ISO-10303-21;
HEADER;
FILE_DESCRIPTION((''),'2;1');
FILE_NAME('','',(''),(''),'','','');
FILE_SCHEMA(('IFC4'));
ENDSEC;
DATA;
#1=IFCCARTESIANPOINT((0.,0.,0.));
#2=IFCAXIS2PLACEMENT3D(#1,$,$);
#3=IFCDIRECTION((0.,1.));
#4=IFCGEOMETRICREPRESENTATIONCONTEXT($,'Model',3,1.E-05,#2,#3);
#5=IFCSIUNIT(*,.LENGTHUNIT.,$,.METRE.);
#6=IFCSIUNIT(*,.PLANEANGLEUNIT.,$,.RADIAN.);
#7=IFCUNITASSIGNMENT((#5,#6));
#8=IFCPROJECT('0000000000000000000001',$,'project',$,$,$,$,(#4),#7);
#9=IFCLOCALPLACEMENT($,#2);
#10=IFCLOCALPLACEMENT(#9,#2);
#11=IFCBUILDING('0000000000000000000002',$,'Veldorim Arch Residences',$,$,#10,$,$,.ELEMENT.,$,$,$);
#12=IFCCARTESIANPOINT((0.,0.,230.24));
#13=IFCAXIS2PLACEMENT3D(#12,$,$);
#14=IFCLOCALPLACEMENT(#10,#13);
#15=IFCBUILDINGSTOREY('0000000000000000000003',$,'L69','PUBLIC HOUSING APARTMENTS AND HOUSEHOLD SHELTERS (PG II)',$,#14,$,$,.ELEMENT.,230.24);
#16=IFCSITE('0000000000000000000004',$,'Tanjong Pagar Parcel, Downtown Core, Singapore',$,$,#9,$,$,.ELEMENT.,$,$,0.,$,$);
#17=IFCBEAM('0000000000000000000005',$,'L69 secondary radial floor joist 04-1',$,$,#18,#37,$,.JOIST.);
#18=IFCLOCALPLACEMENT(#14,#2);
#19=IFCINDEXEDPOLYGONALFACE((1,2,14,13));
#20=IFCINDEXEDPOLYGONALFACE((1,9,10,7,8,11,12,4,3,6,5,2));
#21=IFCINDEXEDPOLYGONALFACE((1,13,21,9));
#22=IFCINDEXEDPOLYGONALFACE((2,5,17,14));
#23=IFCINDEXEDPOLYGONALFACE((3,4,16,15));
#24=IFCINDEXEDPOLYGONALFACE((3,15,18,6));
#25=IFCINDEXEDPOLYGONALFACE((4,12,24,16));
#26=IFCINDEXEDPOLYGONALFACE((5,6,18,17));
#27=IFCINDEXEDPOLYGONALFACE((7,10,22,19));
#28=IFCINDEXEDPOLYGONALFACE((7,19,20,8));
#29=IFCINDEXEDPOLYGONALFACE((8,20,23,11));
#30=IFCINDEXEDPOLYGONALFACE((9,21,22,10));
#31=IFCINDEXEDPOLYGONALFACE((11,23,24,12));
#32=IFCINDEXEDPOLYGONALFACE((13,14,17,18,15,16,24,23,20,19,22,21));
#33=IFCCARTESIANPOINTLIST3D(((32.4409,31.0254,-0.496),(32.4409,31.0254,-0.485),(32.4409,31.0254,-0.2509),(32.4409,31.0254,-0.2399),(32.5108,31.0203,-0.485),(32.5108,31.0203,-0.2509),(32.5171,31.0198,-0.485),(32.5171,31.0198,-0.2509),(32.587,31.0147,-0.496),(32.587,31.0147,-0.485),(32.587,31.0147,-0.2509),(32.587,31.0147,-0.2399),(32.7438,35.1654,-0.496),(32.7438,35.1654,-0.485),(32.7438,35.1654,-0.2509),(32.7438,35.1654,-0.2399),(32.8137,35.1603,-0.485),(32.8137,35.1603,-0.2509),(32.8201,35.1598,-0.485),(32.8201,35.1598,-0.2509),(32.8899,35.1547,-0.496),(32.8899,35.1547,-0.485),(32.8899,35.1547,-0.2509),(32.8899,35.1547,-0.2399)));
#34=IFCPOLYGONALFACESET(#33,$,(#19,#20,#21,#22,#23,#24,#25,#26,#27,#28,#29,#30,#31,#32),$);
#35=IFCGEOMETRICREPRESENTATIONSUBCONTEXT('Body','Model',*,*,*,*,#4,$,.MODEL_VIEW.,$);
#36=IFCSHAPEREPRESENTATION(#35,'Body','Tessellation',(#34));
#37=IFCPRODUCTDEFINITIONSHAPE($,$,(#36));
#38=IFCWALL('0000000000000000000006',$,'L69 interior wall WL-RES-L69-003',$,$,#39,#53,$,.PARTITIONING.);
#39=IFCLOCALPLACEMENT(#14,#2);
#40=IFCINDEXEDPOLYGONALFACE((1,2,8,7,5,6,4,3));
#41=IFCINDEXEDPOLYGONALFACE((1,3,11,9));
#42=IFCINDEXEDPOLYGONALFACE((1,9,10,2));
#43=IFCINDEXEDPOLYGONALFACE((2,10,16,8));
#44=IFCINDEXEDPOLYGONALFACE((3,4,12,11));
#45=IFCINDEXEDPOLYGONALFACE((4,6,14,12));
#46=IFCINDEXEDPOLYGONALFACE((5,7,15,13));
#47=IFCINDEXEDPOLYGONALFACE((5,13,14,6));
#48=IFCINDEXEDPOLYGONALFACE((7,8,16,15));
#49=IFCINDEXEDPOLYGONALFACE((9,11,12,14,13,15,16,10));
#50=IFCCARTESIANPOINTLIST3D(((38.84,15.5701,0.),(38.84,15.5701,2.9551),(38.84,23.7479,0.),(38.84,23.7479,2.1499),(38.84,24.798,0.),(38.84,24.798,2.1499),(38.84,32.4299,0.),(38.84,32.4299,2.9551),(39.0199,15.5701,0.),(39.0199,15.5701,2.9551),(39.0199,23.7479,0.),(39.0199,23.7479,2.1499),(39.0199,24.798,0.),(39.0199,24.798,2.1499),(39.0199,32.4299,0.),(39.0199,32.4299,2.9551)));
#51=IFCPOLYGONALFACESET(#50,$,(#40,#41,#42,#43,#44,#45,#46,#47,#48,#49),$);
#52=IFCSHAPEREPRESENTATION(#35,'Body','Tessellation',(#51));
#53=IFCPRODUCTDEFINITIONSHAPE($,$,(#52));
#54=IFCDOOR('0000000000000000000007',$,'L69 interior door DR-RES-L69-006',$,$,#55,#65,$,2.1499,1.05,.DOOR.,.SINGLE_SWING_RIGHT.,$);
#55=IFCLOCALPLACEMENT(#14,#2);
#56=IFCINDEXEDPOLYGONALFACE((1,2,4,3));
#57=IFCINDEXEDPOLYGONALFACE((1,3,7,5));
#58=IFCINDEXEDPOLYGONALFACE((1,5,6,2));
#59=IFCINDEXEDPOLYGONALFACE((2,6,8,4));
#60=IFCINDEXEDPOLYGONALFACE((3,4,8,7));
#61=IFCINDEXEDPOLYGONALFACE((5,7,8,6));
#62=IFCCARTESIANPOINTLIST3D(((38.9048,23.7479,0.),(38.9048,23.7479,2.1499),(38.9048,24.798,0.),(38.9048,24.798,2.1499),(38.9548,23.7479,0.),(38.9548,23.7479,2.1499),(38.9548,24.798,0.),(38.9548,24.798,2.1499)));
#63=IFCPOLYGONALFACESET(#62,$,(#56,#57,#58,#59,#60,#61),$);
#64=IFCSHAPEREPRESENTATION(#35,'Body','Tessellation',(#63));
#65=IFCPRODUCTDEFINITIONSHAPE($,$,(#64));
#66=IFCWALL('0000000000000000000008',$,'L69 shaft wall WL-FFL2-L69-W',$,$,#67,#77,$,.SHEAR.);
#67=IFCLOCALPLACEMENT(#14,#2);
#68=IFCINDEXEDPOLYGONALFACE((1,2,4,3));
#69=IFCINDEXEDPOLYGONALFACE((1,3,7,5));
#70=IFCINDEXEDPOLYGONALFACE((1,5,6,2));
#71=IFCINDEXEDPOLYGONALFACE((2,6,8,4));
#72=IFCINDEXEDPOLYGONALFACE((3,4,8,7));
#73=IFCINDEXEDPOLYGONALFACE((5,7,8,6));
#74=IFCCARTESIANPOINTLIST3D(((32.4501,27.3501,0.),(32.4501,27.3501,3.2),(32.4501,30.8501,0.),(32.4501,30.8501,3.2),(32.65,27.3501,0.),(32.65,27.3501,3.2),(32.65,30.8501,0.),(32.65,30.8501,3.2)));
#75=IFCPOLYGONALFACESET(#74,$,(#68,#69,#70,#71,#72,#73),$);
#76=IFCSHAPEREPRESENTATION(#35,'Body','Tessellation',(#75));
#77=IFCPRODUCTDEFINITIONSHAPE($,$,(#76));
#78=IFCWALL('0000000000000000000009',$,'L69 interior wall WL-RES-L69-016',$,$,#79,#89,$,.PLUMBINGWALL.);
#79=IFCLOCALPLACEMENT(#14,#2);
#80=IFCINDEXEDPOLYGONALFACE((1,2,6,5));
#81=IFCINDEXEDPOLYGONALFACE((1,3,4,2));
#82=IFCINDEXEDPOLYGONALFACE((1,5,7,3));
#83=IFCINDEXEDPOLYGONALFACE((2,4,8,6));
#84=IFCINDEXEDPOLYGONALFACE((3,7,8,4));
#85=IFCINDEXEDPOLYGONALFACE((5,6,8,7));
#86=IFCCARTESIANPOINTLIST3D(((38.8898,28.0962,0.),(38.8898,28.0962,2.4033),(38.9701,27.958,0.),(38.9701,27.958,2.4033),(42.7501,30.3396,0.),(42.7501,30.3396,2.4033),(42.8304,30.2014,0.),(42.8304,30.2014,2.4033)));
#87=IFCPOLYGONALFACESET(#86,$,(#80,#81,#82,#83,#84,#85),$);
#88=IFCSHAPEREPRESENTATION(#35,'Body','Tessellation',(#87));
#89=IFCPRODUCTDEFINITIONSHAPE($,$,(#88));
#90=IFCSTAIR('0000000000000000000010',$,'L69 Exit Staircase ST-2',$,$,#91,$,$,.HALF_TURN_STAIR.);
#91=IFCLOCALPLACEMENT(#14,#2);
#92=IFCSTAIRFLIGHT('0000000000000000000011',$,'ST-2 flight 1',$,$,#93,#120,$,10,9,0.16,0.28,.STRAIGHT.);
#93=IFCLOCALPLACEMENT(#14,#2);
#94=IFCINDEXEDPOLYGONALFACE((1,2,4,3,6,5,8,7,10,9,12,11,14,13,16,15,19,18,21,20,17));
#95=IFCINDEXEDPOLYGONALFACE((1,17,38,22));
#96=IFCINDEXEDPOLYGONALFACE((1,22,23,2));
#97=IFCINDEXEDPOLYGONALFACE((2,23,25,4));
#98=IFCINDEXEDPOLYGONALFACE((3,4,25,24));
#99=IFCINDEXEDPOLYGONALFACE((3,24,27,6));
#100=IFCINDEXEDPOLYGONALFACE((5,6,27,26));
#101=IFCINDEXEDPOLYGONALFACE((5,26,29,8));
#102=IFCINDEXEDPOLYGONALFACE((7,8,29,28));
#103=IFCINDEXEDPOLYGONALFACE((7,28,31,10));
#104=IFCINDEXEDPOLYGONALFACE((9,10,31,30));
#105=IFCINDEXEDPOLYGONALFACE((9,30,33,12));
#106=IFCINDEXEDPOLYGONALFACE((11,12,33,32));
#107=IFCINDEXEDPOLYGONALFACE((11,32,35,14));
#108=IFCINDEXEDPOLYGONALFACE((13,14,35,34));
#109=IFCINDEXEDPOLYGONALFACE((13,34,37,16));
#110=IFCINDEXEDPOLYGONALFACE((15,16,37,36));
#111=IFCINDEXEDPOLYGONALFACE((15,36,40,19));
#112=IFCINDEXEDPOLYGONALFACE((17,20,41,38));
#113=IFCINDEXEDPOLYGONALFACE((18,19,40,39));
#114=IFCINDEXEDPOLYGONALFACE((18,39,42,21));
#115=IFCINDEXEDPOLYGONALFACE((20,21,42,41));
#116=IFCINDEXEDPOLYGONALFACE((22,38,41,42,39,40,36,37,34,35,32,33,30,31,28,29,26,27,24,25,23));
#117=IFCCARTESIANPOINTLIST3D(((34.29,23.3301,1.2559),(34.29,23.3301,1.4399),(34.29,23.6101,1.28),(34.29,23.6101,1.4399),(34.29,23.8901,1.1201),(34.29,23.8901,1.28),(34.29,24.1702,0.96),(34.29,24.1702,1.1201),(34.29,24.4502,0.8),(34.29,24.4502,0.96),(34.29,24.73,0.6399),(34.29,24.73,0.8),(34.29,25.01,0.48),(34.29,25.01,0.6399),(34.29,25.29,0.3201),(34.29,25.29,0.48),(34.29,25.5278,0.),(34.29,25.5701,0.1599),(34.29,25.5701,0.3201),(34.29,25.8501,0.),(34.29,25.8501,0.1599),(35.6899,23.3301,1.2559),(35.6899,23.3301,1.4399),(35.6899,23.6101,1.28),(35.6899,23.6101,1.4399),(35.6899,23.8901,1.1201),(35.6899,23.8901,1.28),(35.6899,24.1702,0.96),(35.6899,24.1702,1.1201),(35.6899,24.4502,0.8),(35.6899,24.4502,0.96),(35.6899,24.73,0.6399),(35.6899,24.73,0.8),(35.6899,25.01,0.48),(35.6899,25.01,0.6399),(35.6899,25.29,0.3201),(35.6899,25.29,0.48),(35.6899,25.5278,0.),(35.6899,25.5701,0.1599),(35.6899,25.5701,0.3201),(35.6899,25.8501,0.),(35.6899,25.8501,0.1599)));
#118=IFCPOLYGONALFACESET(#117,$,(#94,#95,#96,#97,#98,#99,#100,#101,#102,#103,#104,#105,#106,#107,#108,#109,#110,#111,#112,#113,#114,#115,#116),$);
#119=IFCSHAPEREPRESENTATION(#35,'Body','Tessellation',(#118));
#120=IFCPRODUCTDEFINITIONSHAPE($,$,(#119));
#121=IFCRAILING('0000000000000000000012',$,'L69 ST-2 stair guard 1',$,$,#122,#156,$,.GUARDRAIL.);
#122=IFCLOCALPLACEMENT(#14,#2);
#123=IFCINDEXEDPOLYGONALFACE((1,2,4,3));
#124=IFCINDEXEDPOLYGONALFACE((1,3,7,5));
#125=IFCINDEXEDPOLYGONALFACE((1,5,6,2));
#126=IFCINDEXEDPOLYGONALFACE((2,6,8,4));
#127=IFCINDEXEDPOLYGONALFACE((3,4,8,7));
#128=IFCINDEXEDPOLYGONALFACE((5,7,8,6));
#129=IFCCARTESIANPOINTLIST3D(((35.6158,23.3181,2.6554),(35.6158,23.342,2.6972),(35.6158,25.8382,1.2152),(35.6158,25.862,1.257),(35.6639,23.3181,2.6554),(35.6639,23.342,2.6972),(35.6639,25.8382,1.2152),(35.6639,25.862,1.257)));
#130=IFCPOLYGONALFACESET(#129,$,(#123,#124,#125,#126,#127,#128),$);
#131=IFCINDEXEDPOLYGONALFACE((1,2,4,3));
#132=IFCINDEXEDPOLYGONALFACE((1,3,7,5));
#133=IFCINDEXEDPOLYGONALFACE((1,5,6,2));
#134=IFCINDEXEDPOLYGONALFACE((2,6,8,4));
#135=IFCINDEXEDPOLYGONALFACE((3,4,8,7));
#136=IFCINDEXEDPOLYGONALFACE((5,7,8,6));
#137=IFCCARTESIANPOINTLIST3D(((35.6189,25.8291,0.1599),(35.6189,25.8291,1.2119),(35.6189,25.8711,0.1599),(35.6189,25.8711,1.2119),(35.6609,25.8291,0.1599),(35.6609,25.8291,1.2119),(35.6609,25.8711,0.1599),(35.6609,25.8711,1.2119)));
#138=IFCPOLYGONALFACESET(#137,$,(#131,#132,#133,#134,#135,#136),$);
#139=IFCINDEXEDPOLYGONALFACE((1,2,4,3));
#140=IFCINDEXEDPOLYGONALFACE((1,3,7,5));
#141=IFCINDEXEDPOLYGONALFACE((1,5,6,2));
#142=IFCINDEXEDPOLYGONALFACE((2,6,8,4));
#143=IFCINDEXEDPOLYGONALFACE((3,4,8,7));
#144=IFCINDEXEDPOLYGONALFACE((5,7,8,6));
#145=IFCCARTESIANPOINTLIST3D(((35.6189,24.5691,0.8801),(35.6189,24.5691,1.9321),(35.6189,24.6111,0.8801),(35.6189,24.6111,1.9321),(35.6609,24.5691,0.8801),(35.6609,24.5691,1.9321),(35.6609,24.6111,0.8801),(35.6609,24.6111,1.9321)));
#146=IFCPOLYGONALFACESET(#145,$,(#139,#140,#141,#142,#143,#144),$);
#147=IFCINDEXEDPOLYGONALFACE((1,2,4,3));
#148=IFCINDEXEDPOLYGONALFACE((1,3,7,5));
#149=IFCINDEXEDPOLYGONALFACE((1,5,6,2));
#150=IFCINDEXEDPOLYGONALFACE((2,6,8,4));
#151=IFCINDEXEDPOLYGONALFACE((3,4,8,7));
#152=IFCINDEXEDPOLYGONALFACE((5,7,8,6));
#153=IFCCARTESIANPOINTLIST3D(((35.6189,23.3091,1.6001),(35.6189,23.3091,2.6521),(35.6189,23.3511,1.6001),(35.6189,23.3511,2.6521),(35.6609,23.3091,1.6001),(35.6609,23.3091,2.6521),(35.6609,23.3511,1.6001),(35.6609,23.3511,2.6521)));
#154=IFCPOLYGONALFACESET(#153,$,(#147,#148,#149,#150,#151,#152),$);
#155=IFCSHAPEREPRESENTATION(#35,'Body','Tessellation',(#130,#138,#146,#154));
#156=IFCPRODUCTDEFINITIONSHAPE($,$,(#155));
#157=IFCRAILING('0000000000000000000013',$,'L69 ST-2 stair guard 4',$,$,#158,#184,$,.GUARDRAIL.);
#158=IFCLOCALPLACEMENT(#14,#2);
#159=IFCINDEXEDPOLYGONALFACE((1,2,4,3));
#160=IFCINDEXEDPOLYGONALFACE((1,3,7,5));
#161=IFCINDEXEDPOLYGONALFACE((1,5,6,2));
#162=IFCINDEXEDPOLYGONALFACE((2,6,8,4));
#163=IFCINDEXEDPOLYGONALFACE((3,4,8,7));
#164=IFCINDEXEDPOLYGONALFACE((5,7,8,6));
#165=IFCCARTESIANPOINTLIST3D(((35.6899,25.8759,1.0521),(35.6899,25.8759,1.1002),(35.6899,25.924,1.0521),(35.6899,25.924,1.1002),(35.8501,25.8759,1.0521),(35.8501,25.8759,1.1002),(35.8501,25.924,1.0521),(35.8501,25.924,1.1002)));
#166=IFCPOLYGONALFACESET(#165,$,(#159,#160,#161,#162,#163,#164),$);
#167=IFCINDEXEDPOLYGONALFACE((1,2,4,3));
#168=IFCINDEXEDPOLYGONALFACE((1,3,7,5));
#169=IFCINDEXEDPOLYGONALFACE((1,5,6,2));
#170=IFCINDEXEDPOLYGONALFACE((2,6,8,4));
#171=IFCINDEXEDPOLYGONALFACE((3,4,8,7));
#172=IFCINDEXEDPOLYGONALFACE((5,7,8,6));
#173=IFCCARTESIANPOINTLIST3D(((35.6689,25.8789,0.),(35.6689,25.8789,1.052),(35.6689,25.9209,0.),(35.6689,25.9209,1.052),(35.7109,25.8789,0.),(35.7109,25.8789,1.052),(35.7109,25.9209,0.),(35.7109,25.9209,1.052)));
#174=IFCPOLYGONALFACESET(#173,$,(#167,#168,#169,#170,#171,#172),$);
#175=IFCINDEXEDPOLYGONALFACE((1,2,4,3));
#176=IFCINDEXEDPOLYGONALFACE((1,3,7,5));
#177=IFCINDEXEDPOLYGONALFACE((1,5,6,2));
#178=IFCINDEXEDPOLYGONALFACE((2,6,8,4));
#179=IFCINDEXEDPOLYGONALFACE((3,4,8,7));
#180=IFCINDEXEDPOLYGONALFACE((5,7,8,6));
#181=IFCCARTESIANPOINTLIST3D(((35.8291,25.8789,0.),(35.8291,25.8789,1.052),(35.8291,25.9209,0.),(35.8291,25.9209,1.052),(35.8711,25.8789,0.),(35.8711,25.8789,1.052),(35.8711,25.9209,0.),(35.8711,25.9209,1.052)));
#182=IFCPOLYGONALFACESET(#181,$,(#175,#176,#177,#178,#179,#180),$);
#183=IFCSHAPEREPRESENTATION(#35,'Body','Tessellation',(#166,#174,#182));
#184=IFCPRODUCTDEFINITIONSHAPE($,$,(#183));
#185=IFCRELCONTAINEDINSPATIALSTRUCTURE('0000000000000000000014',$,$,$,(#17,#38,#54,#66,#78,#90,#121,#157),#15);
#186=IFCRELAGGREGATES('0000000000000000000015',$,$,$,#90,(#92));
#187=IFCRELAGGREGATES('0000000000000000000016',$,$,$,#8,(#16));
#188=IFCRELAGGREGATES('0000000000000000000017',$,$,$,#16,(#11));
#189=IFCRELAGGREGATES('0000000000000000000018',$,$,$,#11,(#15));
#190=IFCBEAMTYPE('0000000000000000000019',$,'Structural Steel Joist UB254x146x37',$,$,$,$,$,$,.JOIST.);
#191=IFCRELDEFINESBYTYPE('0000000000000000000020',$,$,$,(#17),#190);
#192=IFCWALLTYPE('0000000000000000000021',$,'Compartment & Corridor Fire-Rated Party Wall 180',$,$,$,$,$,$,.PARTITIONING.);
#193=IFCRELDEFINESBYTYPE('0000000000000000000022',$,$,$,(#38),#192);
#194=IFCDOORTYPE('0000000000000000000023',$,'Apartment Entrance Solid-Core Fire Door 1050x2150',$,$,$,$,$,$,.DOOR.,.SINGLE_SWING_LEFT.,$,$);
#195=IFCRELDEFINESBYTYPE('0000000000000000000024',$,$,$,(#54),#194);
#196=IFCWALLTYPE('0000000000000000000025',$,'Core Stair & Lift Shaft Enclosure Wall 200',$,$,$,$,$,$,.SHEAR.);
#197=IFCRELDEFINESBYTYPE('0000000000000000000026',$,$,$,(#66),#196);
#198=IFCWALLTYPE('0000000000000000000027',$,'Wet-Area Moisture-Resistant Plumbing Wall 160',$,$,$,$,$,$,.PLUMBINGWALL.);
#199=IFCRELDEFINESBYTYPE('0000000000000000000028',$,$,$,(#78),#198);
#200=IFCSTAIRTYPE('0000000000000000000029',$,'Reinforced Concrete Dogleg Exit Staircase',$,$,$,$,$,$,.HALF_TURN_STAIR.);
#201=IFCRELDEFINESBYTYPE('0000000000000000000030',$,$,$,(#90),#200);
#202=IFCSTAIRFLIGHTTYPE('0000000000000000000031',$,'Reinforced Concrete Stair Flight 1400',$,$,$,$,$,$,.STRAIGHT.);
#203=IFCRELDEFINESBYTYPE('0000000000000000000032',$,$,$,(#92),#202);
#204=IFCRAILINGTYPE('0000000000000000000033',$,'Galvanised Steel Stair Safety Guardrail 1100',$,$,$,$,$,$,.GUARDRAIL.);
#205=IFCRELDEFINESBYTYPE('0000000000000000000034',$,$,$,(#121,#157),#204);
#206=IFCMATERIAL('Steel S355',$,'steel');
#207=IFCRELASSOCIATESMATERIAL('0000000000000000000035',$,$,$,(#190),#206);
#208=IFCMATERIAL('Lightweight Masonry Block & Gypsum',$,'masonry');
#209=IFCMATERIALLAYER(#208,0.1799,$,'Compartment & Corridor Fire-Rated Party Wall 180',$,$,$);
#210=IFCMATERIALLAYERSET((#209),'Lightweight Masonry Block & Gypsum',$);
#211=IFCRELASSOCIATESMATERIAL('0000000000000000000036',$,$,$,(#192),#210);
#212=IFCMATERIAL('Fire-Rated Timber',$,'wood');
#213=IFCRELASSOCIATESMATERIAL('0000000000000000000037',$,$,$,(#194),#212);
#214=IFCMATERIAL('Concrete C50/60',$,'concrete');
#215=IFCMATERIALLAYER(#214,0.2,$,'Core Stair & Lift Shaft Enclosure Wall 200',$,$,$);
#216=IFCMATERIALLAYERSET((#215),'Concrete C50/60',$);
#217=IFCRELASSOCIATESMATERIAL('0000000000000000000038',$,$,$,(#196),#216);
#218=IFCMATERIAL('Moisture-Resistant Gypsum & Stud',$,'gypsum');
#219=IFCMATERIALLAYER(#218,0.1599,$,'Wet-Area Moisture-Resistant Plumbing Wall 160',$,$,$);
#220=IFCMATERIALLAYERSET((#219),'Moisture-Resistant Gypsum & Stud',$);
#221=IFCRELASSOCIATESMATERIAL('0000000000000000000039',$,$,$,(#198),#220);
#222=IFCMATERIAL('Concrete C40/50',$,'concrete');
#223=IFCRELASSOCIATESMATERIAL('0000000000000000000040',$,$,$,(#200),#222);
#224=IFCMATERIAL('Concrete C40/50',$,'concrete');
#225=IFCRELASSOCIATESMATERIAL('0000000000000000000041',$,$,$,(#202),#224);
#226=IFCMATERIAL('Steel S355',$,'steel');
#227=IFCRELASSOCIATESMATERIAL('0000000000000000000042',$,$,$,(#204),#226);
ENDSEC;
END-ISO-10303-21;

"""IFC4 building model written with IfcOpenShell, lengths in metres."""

from ifc_helpers import new_model, si_unit, direction, frame, frame_2d, origin, origin_2d, place, context, subcontext, project, spatial, polyline, rectangle, i_section, outline, extrude, material, layer, layer_set, material_profile, profile_set, type_object, element, fill, aggregate, save


model = new_model("IFC4")

# Units and contexts
model_context = context("Model", 3, precision=1e-05, world=origin(), true_north=direction((0.0, 1.0)))
body_context = subcontext(model_context, "Body", "Model", "MODEL_VIEW")
ifc_project = project(units=[si_unit("LENGTHUNIT", "METRE"), si_unit("PLANEANGLEUNIT", "RADIAN")], contexts=[model_context])

# Site, building, storey
site_placement = place(None, origin())
site = spatial("IfcSite", under=ifc_project, at=site_placement, Name="Tanjong Pagar Parcel, Downtown Core, Singapore", CompositionType="ELEMENT", RefElevation=0.0)
building_placement = place(site_placement, origin())
building = spatial("IfcBuilding", under=site, at=building_placement, Name="Veldorim Arch Residences", CompositionType="ELEMENT")
storey_placement = place(building_placement, frame((0.0, 0.0, 230.24)))
storey = spatial("IfcBuildingStorey", under=building, at=storey_placement, Name="L69", Description="PUBLIC HOUSING APARTMENTS AND HOUSEHOLD SHELTERS (PG II)", CompositionType="ELEMENT", Elevation=230.24)

# Beam
ifc_material_1 = material(Name="Steel S355", Category="steel")
ifc_material_profile_1 = material_profile(ifc_material_1, i_section(OverallWidth=0.1465, OverallDepth=0.2561, WebThickness=0.0063, FlangeThickness=0.011, at=origin_2d()), Name="UB254x146x37")
ifc_profile_set_1 = profile_set([ifc_material_profile_1], Name="Steel S355")
beam_type_1 = type_object("IfcBeamType", Name="Structural Steel Joist UB254x146x37", PredefinedType="JOIST", material=ifc_profile_set_1)
beam_1_placement = place(storey_placement, frame((32.5139, 31.02, -0.3679), z_axis=(0.072986, 0.997333, 0.0), x_axis=(-0.997333, 0.072986, 0.0)))
element("IfcBeam", 1, at=beam_1_placement, inside=storey, type_object=beam_type_1, Name="L69 secondary radial floor joist 04-1", PredefinedType="JOIST", context=body_context, shape_type="SweptSolid", body=[
    extrude(i_section(OverallWidth=0.1465, OverallDepth=0.2561, WebThickness=0.0063, FlangeThickness=0.011, at=origin_2d()), origin(), (0.0, 0.0, 1.0), 4.1511),
])

# Wall, opening, door
ifc_material_2 = material(Name="Lightweight Masonry Block & Gypsum", Category="masonry")
ifc_layer_1 = layer(ifc_material_2, 0.1799, Name="Compartment & Corridor Fire-Rated Party Wall 180")
ifc_layer_set_1 = layer_set([ifc_layer_1], Name="Lightweight Masonry Block & Gypsum")
wall_type_1 = type_object("IfcWallType", Name="Compartment & Corridor Fire-Rated Party Wall 180", PredefinedType="PARTITIONING", material=ifc_layer_set_1)
wall_1_placement = place(storey_placement, frame((38.9299, 32.4299, 0.0), z_axis=(0.0, 0.0, 1.0), x_axis=(0.0, -1.0, 0.0)))
wall_1 = element("IfcWall", 2, at=wall_1_placement, inside=storey, type_object=wall_type_1, Name="L69 interior wall WL-RES-L69-003", PredefinedType="PARTITIONING", context=body_context, shape_type="SweptSolid", body=[
    extrude(rectangle(XDim=16.8599, YDim=0.1799, at=frame_2d((8.4299, 0.0))), origin(), (0.0, 0.0, 1.0), 2.9551),
])
opening_1_placement = place(wall_1_placement, frame((7.6321, 0.0, 0.0)))
opening_1 = element("IfcOpeningElement", 3, at=opening_1_placement, cuts=wall_1, PredefinedType="OPENING", context=body_context, shape_type="SweptSolid", body=[
    extrude(rectangle(XDim=1.05, YDim=2.1499, at=frame_2d((0.5249, 1.075))), frame((0.0, 0.0999, 0.0), z_axis=(0.0, -1.0, 0.0), x_axis=(1.0, 0.0, 0.0)), (0.0, 0.0, 1.0), 0.2),
])
ifc_material_3 = material(Name="Fire-Rated Timber", Category="wood")
door_type_1 = type_object("IfcDoorType", Name="Apartment Entrance Solid-Core Fire Door 1050x2150", OperationType="SINGLE_SWING_LEFT", PredefinedType="DOOR", material=ifc_material_3)
door_1_placement = place(opening_1_placement, origin())
door_1 = element("IfcDoor", 4, at=door_1_placement, inside=storey, type_object=door_type_1, Name="L69 interior door DR-RES-L69-006", OperationType="SINGLE_SWING_RIGHT", OverallHeight=2.1499, OverallWidth=1.05, PredefinedType="DOOR", context=body_context, shape_type="SweptSolid", body=[
    extrude(rectangle(XDim=1.05, YDim=2.1499, at=frame_2d((0.5249, 1.075))), frame((0.0, 0.0249, 0.0), z_axis=(0.0, -1.0, 0.0), x_axis=(1.0, 0.0, 0.0)), (0.0, 0.0, 1.0), 0.05),
])
fill(opening_1, door_1)
ifc_material_4 = material(Name="Concrete C50/60", Category="concrete")
ifc_layer_2 = layer(ifc_material_4, 0.2, Name="Core Stair & Lift Shaft Enclosure Wall 200")
ifc_layer_set_2 = layer_set([ifc_layer_2], Name="Concrete C50/60")
wall_type_2 = type_object("IfcWallType", Name="Core Stair & Lift Shaft Enclosure Wall 200", PredefinedType="SHEAR", material=ifc_layer_set_2)

# Walls
wall_2_placement = place(storey_placement, frame((32.55, 27.3501, 0.0), z_axis=(0.0, 0.0, 1.0), x_axis=(0.0, 1.0, 0.0)))
element("IfcWall", 5, at=wall_2_placement, inside=storey, type_object=wall_type_2, Name="L69 shaft wall WL-FFL2-L69-W", PredefinedType="SHEAR", context=body_context, shape_type="SweptSolid", body=[
    extrude(rectangle(XDim=3.5, YDim=0.2, at=frame_2d((1.75, 0.0))), origin(), (0.0, 0.0, 1.0), 3.2),
])
ifc_material_5 = material(Name="Moisture-Resistant Gypsum & Stud", Category="gypsum")
ifc_layer_3 = layer(ifc_material_5, 0.1599, Name="Wet-Area Moisture-Resistant Plumbing Wall 160")
ifc_layer_set_3 = layer_set([ifc_layer_3], Name="Moisture-Resistant Gypsum & Stud")
wall_type_3 = type_object("IfcWallType", Name="Wet-Area Moisture-Resistant Plumbing Wall 160", PredefinedType="PLUMBINGWALL", material=ifc_layer_set_3)
wall_3_placement = place(storey_placement, frame((38.9299, 28.0271, 0.0), z_axis=(0.0, 0.0, 1.0), x_axis=(0.864603, 0.502456, 0.0)))
element("IfcWall", 6, at=wall_3_placement, inside=storey, type_object=wall_type_3, Name="L69 interior wall WL-RES-L69-016", PredefinedType="PLUMBINGWALL", context=body_context, shape_type="SweptSolid", body=[
    extrude(rectangle(XDim=4.4648, YDim=0.1599, at=frame_2d((2.2324, 0.0))), origin(), (0.0, 0.0, 1.0), 2.4033),
])

# Stair, stair flight
ifc_material_6 = material(Name="Concrete C40/50", Category="concrete")
stair_type = type_object("IfcStairType", Name="Reinforced Concrete Dogleg Exit Staircase", PredefinedType="HALF_TURN_STAIR", material=ifc_material_6)
stair_placement = place(storey_placement, origin())
stair = element("IfcStair", 7, at=stair_placement, inside=storey, type_object=stair_type, Name="L69 Exit Staircase ST-2", PredefinedType="HALF_TURN_STAIR")
ifc_material_7 = material(Name="Concrete C40/50", Category="concrete")
stair_flight_type = type_object("IfcStairFlightType", Name="Reinforced Concrete Stair Flight 1400", PredefinedType="STRAIGHT", material=ifc_material_7)
stair_flight_placement = place(storey_placement, frame((34.99, 25.8501, 0.0), z_axis=(0.0, 0.0, 1.0), x_axis=(0.0, -1.0, 0.0)))
stair_flight = element("IfcStairFlight", 8, at=stair_flight_placement, type_object=stair_flight_type, Name="ST-2 flight 1", NumberOfRisers=10, NumberOfTreads=9, PredefinedType="STRAIGHT", RiserHeight=0.16, TreadLength=0.28, context=body_context, shape_type="SweptSolid", body=[
    extrude(outline(polyline([(0.0, 0.0), (0.0, 0.1599), (0.28, 0.1599), (0.28, 0.3201), (0.5601, 0.3201), (0.5601, 0.48), (0.8401, 0.48), (0.8401, 0.6399), (1.1201, 0.6399), (1.1201, 0.8), (1.3999, 0.8), (1.3999, 0.96), (1.6799, 0.96), (1.6799, 1.1201), (1.96, 1.1201), (1.96, 1.28), (2.24, 1.28), (2.24, 1.4399), (2.52, 1.4399), (2.52, 1.6001), (2.52, 1.2559), (0.3223, 0.0), (0.0, 0.0)])), frame((0.0, 0.7, 0.0), z_axis=(0.0, -1.0, 0.0), x_axis=(1.0, 0.0, 0.0)), (0.0, 0.0, 1.0), 1.3999),
])
aggregate(stair, [stair_flight])

# Railings
ifc_material_8 = material(Name="Steel S355", Category="steel")
railing_type_1 = type_object("IfcRailingType", Name="Galvanised Steel Stair Safety Guardrail 1100", PredefinedType="GUARDRAIL", material=ifc_material_8)
railing_1_placement = place(storey_placement, frame((35.6399, 25.8501, 0.1599)))
element("IfcRailing", 9, at=railing_1_placement, inside=storey, type_object=railing_type_1, Name="L69 ST-2 stair guard 1", PredefinedType="GUARDRAIL", context=body_context, shape_type="SweptSolid", body=[
    extrude(rectangle(XDim=0.0481, YDim=0.0481, at=origin_2d()), frame((0.0, 0.0, 1.0762), z_axis=(0.0, -0.868217, 0.496184), x_axis=(1.0, 0.0, 0.0)), (0.0, 0.0, 1.0), 2.9026),
    extrude(rectangle(XDim=0.042, YDim=0.042, at=origin_2d()), origin(), (0.0, 0.0, 1.0), 1.052),
    extrude(rectangle(XDim=0.042, YDim=0.042, at=origin_2d()), frame((0.0, -1.26, 0.7202)), (0.0, 0.0, 1.0), 1.052),
    extrude(rectangle(XDim=0.042, YDim=0.042, at=origin_2d()), frame((0.0, -2.52, 1.4402)), (0.0, 0.0, 1.0), 1.052),
])
railing_2_placement = place(storey_placement, frame((35.6899, 25.8999, 0.0)))
element("IfcRailing", 10, at=railing_2_placement, inside=storey, type_object=railing_type_1, Name="L69 ST-2 stair guard 4", PredefinedType="GUARDRAIL", context=body_context, shape_type="SweptSolid", body=[
    extrude(rectangle(XDim=0.0481, YDim=0.0481, at=origin_2d()), frame((0.0, 0.0, 1.0762), z_axis=(1.0, 0.0, 0.0), x_axis=(0.0, 1.0, 0.0)), (0.0, 0.0, 1.0), 0.1602),
    extrude(rectangle(XDim=0.042, YDim=0.042, at=origin_2d()), origin(), (0.0, 0.0, 1.0), 1.052),
    extrude(rectangle(XDim=0.042, YDim=0.042, at=origin_2d()), frame((0.1602, 0.0, 0.0)), (0.0, 0.0, 1.0), 1.052),
])

save(model, "model.ifc")
